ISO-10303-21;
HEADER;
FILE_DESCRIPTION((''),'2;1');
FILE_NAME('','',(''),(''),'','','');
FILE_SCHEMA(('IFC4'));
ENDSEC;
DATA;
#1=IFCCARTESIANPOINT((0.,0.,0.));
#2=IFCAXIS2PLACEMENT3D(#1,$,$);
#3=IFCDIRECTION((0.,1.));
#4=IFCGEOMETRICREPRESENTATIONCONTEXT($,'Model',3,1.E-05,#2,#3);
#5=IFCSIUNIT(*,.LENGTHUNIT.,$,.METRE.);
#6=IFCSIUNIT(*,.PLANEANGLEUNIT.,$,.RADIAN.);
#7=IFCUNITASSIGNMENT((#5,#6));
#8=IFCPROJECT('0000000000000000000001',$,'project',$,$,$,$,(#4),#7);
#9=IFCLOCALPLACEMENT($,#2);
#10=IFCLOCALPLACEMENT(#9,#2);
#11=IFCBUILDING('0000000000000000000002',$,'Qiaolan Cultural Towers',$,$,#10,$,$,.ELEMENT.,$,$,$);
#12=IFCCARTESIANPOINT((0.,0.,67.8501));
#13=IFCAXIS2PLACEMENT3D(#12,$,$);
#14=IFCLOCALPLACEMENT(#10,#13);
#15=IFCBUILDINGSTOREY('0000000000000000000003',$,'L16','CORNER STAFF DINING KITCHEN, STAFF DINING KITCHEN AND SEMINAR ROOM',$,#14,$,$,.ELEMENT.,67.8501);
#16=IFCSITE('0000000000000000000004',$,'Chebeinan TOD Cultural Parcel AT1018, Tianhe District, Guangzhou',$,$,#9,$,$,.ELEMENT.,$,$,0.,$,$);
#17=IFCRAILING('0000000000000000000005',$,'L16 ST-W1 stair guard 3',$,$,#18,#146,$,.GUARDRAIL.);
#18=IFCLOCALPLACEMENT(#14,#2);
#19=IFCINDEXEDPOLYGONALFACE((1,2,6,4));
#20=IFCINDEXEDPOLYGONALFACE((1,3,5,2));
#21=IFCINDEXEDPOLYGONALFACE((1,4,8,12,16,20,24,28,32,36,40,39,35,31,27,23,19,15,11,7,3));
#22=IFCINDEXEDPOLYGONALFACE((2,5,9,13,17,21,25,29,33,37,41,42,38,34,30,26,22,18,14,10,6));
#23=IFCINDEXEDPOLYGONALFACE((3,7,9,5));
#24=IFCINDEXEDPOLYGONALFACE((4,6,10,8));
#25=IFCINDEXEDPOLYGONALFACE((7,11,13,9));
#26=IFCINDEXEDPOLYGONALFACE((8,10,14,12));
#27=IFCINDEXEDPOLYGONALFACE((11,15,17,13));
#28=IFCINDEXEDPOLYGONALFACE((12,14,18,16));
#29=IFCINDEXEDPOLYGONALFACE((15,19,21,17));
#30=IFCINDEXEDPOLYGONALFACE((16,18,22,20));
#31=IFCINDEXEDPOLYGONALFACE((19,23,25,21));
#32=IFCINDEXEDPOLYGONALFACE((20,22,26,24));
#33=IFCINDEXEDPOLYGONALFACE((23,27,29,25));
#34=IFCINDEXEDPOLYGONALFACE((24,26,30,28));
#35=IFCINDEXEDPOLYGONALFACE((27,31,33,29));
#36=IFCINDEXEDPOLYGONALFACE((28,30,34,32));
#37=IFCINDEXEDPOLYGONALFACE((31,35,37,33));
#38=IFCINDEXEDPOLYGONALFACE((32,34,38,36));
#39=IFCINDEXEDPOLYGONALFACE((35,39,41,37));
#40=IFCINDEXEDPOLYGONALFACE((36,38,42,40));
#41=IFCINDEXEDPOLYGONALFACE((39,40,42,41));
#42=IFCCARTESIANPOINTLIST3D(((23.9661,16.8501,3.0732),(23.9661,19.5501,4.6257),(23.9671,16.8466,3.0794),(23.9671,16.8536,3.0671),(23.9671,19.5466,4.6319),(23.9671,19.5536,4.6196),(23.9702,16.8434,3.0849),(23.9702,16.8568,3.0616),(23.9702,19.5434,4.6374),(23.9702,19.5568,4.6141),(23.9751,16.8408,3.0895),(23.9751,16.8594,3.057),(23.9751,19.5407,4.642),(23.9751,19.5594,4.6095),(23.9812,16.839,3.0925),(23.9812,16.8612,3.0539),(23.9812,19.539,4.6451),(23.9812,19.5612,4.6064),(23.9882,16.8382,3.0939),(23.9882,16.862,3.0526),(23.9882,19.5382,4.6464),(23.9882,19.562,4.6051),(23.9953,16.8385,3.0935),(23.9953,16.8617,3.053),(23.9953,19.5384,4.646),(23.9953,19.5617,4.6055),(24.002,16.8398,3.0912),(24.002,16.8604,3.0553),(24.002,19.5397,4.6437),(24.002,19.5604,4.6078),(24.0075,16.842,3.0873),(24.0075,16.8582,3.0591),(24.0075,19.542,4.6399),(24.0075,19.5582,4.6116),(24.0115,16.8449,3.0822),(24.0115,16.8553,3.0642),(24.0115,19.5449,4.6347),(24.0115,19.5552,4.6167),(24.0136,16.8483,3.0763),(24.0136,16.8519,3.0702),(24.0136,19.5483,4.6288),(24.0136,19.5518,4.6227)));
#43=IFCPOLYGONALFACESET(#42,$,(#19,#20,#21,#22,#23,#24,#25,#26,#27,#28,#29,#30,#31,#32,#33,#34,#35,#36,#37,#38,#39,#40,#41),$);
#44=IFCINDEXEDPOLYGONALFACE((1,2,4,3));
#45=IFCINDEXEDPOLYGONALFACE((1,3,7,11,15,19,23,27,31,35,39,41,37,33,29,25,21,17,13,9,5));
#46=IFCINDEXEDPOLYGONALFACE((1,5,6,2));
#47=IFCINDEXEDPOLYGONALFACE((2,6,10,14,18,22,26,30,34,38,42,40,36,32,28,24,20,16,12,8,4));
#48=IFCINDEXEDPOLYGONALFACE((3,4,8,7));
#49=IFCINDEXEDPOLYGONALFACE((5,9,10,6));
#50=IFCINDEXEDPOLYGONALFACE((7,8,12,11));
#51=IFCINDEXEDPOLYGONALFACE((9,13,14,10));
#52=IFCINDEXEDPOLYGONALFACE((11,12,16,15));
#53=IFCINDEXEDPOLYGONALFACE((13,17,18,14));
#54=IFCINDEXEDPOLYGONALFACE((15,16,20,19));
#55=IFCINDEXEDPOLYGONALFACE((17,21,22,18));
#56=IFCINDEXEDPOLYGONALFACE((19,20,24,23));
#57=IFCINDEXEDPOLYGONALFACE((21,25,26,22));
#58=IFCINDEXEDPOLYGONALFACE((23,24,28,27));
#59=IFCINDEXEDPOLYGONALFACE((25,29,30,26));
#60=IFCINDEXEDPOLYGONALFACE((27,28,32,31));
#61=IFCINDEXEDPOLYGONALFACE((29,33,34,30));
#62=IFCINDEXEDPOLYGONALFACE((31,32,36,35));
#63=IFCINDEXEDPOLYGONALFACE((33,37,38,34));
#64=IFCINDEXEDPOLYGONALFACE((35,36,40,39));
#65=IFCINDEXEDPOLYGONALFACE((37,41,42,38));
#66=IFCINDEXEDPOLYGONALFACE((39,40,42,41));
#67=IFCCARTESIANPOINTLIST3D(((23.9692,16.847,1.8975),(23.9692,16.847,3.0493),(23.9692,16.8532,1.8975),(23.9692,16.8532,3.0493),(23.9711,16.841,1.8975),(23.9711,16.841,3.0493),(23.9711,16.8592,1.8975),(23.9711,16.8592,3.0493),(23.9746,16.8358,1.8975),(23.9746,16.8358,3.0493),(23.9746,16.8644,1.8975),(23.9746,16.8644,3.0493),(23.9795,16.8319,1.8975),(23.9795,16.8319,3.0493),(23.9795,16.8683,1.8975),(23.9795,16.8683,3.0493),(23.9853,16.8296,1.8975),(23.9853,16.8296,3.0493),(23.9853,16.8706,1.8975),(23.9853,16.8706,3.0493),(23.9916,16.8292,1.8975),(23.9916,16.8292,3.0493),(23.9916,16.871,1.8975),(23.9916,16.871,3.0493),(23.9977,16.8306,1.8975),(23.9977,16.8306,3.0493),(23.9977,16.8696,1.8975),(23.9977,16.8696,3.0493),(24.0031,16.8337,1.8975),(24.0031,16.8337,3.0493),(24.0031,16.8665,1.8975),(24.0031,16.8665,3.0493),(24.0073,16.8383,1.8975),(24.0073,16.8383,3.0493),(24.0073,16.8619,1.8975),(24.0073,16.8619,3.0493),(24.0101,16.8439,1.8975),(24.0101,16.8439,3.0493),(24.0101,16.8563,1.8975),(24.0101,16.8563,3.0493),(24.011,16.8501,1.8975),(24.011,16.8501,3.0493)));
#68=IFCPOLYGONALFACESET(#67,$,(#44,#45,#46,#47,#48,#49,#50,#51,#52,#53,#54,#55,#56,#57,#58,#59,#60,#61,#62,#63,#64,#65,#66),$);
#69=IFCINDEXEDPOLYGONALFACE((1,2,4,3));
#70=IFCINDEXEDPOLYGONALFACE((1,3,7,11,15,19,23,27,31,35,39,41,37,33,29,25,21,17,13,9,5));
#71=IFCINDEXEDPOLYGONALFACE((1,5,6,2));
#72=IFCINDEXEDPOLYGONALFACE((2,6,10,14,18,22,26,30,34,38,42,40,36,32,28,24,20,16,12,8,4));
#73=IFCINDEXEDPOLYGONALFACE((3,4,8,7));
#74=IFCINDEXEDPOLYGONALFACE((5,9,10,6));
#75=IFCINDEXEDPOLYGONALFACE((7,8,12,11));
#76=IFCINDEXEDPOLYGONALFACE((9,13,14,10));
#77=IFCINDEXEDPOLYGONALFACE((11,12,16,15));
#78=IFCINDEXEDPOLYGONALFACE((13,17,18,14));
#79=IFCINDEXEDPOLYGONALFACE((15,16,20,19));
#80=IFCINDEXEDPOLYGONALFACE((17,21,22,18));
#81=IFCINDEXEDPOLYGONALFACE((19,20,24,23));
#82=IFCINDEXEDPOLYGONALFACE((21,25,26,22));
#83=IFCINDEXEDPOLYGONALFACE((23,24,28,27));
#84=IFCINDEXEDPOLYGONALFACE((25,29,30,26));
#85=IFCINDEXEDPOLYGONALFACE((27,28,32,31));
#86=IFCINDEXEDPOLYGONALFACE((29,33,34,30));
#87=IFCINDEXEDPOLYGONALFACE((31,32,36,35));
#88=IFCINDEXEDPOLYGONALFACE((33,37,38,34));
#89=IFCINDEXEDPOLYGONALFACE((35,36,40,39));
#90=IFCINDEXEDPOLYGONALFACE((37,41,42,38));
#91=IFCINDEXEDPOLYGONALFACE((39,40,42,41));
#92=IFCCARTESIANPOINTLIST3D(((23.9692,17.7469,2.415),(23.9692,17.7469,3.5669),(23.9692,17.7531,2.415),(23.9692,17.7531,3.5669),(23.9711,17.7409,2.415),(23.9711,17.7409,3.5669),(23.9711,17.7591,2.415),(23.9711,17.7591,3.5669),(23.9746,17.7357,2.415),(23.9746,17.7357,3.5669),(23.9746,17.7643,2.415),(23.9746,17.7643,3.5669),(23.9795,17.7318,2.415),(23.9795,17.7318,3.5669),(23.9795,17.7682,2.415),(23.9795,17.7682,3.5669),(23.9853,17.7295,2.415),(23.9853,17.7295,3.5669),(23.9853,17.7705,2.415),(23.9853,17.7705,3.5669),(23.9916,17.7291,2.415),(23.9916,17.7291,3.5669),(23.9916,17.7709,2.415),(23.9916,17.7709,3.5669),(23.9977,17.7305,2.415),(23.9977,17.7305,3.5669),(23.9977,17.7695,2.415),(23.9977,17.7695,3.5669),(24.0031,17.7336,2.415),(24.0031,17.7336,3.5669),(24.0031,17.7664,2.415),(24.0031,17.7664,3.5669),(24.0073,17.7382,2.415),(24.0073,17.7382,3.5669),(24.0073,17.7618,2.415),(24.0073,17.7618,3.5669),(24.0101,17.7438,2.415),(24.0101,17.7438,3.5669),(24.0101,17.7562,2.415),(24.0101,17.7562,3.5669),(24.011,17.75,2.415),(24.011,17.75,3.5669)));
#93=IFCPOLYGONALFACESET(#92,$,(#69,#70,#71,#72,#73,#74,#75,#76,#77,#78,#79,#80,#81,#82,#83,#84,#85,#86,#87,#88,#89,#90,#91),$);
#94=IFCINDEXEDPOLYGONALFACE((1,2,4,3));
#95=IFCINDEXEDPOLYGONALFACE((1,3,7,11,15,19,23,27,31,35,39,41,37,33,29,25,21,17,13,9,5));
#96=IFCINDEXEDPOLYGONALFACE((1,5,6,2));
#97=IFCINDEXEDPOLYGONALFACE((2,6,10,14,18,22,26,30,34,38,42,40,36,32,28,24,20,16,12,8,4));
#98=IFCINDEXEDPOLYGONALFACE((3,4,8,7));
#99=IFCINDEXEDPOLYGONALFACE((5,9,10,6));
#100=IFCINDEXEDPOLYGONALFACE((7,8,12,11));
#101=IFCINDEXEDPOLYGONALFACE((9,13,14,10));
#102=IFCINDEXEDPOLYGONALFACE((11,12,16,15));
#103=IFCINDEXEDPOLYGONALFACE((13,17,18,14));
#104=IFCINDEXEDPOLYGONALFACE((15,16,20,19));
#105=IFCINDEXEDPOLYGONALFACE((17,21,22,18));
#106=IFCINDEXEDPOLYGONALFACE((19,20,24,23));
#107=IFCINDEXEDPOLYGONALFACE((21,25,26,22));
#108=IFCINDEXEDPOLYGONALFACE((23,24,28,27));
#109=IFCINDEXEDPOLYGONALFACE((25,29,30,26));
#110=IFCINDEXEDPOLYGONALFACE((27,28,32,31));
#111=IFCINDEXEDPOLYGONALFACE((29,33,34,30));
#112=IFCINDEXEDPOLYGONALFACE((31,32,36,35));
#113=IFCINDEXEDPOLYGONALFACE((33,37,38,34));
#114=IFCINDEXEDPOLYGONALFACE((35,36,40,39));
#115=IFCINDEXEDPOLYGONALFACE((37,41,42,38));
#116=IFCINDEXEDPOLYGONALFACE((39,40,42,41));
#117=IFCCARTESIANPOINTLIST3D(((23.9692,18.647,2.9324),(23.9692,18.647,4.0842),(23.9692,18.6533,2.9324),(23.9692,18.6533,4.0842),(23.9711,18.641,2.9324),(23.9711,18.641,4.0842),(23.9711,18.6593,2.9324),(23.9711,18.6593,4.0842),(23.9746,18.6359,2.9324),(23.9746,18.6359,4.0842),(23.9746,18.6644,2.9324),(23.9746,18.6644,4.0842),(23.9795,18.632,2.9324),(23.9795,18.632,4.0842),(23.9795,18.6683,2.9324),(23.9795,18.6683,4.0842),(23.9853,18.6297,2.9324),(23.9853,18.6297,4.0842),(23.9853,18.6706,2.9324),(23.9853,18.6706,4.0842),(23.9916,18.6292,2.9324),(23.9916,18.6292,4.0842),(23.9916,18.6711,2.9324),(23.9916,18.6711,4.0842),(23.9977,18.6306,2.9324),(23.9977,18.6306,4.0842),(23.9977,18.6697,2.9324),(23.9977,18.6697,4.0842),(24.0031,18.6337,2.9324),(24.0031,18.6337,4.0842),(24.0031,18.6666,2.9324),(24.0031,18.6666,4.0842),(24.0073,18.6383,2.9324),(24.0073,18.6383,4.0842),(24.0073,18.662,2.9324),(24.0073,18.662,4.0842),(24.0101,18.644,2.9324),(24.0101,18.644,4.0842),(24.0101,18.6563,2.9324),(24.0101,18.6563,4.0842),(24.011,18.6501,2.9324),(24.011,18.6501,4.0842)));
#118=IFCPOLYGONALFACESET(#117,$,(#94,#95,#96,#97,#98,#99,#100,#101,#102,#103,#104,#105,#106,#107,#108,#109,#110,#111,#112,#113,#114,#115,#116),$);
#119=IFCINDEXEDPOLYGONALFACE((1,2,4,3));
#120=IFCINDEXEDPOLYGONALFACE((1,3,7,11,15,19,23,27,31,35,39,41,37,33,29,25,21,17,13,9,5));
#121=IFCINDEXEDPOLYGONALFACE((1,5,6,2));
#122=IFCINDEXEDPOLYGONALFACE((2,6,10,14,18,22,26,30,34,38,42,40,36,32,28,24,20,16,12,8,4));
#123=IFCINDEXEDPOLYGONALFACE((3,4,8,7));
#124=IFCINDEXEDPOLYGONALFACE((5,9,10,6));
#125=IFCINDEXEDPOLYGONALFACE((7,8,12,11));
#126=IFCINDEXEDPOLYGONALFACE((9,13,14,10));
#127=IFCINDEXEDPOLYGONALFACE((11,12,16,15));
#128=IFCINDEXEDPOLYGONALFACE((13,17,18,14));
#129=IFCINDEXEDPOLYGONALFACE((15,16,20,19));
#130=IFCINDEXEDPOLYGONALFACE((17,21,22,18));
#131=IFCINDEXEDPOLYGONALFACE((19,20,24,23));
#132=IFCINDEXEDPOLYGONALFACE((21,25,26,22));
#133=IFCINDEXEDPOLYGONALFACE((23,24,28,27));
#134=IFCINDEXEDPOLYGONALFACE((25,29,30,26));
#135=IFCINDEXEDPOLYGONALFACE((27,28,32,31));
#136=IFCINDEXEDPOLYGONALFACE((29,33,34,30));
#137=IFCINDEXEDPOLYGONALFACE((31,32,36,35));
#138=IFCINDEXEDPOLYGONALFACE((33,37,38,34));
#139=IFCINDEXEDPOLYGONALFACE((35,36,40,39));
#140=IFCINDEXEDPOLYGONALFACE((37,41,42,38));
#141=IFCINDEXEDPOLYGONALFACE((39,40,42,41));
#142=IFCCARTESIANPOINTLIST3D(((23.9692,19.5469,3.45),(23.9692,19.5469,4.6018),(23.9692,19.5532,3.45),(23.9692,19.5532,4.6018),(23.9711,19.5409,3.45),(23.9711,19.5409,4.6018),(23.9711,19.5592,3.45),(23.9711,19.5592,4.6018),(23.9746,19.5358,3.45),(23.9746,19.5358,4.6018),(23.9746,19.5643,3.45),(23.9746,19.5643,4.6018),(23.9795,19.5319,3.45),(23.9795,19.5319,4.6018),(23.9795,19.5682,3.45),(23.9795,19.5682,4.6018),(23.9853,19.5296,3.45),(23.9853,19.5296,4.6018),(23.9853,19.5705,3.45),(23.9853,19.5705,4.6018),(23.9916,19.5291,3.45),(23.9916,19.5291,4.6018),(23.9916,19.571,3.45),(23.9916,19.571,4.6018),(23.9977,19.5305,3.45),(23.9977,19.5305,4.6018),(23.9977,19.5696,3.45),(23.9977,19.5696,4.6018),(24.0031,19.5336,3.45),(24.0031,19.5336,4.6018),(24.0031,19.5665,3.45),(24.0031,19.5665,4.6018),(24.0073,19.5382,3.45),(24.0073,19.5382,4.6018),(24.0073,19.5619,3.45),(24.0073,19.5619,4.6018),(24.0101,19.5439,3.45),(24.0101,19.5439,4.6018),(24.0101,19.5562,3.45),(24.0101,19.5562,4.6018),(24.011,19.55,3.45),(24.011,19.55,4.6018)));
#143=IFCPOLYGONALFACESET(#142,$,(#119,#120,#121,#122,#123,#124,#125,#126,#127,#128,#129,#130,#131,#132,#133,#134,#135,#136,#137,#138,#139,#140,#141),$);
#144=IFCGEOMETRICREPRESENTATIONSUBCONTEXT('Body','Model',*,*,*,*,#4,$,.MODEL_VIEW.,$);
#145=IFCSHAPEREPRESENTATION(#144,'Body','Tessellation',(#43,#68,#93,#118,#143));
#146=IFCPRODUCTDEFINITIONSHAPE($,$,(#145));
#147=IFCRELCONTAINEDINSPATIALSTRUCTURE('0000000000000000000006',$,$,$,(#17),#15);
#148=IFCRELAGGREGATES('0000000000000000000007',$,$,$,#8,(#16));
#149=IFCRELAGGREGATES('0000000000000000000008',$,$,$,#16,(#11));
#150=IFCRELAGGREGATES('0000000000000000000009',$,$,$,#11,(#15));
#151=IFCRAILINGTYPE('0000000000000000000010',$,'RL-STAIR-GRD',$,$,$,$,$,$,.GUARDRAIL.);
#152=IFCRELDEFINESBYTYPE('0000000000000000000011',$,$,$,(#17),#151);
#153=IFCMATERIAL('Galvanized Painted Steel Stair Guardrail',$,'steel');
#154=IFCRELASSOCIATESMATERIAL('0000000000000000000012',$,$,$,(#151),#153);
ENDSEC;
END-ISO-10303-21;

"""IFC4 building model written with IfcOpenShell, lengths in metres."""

from ifc_helpers import new_model, si_unit, direction, frame, origin, origin_2d, place, context, subcontext, project, spatial, circle, extrude, material, type_object, element, save


model = new_model("IFC4")

# Units and contexts
model_context = context("Model", 3, precision=1e-05, world=origin(), true_north=direction((0.0, 1.0)))
body_context = subcontext(model_context, "Body", "Model", "MODEL_VIEW")
ifc_project = project(units=[si_unit("LENGTHUNIT", "METRE"), si_unit("PLANEANGLEUNIT", "RADIAN")], contexts=[model_context])

# Site, building, storey
site_placement = place(None, origin())
site = spatial("IfcSite", under=ifc_project, at=site_placement, Name="Chebeinan TOD Cultural Parcel AT1018, Tianhe District, Guangzhou", CompositionType="ELEMENT", RefElevation=0.0)
building_placement = place(site_placement, origin())
building = spatial("IfcBuilding", under=site, at=building_placement, Name="Qiaolan Cultural Towers", CompositionType="ELEMENT")
storey_placement = place(building_placement, frame((0.0, 0.0, 67.8501)))
storey = spatial("IfcBuildingStorey", under=building, at=storey_placement, Name="L16", Description="CORNER STAFF DINING KITCHEN, STAFF DINING KITCHEN AND SEMINAR ROOM", CompositionType="ELEMENT", Elevation=67.8501)

# Railing
ifc_material_1 = material(Name="Galvanized Painted Steel Stair Guardrail", Category="steel")
railing_type_1 = type_object("IfcRailingType", Name="RL-STAIR-GRD", PredefinedType="GUARDRAIL", material=ifc_material_1)
railing_1_placement = place(storey_placement, frame((23.99, 16.8501, 1.8975)))
element("IfcRailing", 1, at=railing_1_placement, inside=storey, type_object=railing_type_1, Name="L16 ST-W1 stair guard 3", PredefinedType="GUARDRAIL", context=body_context, shape_type="SweptSolid", body=[
    extrude(circle(Radius=0.0239, at=origin_2d()), frame((0.0, 0.0, 1.1758), z_axis=(0.0, 0.866904, 0.498476), x_axis=(-1.0, 0.0, 0.0)), (0.0, 0.0, 1.0), 3.1145),
    extrude(circle(Radius=0.021, at=origin_2d()), origin(), (0.0, 0.0, 1.0), 1.1519),
    extrude(circle(Radius=0.021, at=origin_2d()), frame((0.0, 0.8999, 0.5176)), (0.0, 0.0, 1.0), 1.1519),
    extrude(circle(Radius=0.021, at=origin_2d()), frame((0.0, 1.8, 1.0349)), (0.0, 0.0, 1.0), 1.1519),
    extrude(circle(Radius=0.021, at=origin_2d()), frame((0.0, 2.7, 1.5525)), (0.0, 0.0, 1.0), 1.1519),
])

save(model, "model.ifc")
